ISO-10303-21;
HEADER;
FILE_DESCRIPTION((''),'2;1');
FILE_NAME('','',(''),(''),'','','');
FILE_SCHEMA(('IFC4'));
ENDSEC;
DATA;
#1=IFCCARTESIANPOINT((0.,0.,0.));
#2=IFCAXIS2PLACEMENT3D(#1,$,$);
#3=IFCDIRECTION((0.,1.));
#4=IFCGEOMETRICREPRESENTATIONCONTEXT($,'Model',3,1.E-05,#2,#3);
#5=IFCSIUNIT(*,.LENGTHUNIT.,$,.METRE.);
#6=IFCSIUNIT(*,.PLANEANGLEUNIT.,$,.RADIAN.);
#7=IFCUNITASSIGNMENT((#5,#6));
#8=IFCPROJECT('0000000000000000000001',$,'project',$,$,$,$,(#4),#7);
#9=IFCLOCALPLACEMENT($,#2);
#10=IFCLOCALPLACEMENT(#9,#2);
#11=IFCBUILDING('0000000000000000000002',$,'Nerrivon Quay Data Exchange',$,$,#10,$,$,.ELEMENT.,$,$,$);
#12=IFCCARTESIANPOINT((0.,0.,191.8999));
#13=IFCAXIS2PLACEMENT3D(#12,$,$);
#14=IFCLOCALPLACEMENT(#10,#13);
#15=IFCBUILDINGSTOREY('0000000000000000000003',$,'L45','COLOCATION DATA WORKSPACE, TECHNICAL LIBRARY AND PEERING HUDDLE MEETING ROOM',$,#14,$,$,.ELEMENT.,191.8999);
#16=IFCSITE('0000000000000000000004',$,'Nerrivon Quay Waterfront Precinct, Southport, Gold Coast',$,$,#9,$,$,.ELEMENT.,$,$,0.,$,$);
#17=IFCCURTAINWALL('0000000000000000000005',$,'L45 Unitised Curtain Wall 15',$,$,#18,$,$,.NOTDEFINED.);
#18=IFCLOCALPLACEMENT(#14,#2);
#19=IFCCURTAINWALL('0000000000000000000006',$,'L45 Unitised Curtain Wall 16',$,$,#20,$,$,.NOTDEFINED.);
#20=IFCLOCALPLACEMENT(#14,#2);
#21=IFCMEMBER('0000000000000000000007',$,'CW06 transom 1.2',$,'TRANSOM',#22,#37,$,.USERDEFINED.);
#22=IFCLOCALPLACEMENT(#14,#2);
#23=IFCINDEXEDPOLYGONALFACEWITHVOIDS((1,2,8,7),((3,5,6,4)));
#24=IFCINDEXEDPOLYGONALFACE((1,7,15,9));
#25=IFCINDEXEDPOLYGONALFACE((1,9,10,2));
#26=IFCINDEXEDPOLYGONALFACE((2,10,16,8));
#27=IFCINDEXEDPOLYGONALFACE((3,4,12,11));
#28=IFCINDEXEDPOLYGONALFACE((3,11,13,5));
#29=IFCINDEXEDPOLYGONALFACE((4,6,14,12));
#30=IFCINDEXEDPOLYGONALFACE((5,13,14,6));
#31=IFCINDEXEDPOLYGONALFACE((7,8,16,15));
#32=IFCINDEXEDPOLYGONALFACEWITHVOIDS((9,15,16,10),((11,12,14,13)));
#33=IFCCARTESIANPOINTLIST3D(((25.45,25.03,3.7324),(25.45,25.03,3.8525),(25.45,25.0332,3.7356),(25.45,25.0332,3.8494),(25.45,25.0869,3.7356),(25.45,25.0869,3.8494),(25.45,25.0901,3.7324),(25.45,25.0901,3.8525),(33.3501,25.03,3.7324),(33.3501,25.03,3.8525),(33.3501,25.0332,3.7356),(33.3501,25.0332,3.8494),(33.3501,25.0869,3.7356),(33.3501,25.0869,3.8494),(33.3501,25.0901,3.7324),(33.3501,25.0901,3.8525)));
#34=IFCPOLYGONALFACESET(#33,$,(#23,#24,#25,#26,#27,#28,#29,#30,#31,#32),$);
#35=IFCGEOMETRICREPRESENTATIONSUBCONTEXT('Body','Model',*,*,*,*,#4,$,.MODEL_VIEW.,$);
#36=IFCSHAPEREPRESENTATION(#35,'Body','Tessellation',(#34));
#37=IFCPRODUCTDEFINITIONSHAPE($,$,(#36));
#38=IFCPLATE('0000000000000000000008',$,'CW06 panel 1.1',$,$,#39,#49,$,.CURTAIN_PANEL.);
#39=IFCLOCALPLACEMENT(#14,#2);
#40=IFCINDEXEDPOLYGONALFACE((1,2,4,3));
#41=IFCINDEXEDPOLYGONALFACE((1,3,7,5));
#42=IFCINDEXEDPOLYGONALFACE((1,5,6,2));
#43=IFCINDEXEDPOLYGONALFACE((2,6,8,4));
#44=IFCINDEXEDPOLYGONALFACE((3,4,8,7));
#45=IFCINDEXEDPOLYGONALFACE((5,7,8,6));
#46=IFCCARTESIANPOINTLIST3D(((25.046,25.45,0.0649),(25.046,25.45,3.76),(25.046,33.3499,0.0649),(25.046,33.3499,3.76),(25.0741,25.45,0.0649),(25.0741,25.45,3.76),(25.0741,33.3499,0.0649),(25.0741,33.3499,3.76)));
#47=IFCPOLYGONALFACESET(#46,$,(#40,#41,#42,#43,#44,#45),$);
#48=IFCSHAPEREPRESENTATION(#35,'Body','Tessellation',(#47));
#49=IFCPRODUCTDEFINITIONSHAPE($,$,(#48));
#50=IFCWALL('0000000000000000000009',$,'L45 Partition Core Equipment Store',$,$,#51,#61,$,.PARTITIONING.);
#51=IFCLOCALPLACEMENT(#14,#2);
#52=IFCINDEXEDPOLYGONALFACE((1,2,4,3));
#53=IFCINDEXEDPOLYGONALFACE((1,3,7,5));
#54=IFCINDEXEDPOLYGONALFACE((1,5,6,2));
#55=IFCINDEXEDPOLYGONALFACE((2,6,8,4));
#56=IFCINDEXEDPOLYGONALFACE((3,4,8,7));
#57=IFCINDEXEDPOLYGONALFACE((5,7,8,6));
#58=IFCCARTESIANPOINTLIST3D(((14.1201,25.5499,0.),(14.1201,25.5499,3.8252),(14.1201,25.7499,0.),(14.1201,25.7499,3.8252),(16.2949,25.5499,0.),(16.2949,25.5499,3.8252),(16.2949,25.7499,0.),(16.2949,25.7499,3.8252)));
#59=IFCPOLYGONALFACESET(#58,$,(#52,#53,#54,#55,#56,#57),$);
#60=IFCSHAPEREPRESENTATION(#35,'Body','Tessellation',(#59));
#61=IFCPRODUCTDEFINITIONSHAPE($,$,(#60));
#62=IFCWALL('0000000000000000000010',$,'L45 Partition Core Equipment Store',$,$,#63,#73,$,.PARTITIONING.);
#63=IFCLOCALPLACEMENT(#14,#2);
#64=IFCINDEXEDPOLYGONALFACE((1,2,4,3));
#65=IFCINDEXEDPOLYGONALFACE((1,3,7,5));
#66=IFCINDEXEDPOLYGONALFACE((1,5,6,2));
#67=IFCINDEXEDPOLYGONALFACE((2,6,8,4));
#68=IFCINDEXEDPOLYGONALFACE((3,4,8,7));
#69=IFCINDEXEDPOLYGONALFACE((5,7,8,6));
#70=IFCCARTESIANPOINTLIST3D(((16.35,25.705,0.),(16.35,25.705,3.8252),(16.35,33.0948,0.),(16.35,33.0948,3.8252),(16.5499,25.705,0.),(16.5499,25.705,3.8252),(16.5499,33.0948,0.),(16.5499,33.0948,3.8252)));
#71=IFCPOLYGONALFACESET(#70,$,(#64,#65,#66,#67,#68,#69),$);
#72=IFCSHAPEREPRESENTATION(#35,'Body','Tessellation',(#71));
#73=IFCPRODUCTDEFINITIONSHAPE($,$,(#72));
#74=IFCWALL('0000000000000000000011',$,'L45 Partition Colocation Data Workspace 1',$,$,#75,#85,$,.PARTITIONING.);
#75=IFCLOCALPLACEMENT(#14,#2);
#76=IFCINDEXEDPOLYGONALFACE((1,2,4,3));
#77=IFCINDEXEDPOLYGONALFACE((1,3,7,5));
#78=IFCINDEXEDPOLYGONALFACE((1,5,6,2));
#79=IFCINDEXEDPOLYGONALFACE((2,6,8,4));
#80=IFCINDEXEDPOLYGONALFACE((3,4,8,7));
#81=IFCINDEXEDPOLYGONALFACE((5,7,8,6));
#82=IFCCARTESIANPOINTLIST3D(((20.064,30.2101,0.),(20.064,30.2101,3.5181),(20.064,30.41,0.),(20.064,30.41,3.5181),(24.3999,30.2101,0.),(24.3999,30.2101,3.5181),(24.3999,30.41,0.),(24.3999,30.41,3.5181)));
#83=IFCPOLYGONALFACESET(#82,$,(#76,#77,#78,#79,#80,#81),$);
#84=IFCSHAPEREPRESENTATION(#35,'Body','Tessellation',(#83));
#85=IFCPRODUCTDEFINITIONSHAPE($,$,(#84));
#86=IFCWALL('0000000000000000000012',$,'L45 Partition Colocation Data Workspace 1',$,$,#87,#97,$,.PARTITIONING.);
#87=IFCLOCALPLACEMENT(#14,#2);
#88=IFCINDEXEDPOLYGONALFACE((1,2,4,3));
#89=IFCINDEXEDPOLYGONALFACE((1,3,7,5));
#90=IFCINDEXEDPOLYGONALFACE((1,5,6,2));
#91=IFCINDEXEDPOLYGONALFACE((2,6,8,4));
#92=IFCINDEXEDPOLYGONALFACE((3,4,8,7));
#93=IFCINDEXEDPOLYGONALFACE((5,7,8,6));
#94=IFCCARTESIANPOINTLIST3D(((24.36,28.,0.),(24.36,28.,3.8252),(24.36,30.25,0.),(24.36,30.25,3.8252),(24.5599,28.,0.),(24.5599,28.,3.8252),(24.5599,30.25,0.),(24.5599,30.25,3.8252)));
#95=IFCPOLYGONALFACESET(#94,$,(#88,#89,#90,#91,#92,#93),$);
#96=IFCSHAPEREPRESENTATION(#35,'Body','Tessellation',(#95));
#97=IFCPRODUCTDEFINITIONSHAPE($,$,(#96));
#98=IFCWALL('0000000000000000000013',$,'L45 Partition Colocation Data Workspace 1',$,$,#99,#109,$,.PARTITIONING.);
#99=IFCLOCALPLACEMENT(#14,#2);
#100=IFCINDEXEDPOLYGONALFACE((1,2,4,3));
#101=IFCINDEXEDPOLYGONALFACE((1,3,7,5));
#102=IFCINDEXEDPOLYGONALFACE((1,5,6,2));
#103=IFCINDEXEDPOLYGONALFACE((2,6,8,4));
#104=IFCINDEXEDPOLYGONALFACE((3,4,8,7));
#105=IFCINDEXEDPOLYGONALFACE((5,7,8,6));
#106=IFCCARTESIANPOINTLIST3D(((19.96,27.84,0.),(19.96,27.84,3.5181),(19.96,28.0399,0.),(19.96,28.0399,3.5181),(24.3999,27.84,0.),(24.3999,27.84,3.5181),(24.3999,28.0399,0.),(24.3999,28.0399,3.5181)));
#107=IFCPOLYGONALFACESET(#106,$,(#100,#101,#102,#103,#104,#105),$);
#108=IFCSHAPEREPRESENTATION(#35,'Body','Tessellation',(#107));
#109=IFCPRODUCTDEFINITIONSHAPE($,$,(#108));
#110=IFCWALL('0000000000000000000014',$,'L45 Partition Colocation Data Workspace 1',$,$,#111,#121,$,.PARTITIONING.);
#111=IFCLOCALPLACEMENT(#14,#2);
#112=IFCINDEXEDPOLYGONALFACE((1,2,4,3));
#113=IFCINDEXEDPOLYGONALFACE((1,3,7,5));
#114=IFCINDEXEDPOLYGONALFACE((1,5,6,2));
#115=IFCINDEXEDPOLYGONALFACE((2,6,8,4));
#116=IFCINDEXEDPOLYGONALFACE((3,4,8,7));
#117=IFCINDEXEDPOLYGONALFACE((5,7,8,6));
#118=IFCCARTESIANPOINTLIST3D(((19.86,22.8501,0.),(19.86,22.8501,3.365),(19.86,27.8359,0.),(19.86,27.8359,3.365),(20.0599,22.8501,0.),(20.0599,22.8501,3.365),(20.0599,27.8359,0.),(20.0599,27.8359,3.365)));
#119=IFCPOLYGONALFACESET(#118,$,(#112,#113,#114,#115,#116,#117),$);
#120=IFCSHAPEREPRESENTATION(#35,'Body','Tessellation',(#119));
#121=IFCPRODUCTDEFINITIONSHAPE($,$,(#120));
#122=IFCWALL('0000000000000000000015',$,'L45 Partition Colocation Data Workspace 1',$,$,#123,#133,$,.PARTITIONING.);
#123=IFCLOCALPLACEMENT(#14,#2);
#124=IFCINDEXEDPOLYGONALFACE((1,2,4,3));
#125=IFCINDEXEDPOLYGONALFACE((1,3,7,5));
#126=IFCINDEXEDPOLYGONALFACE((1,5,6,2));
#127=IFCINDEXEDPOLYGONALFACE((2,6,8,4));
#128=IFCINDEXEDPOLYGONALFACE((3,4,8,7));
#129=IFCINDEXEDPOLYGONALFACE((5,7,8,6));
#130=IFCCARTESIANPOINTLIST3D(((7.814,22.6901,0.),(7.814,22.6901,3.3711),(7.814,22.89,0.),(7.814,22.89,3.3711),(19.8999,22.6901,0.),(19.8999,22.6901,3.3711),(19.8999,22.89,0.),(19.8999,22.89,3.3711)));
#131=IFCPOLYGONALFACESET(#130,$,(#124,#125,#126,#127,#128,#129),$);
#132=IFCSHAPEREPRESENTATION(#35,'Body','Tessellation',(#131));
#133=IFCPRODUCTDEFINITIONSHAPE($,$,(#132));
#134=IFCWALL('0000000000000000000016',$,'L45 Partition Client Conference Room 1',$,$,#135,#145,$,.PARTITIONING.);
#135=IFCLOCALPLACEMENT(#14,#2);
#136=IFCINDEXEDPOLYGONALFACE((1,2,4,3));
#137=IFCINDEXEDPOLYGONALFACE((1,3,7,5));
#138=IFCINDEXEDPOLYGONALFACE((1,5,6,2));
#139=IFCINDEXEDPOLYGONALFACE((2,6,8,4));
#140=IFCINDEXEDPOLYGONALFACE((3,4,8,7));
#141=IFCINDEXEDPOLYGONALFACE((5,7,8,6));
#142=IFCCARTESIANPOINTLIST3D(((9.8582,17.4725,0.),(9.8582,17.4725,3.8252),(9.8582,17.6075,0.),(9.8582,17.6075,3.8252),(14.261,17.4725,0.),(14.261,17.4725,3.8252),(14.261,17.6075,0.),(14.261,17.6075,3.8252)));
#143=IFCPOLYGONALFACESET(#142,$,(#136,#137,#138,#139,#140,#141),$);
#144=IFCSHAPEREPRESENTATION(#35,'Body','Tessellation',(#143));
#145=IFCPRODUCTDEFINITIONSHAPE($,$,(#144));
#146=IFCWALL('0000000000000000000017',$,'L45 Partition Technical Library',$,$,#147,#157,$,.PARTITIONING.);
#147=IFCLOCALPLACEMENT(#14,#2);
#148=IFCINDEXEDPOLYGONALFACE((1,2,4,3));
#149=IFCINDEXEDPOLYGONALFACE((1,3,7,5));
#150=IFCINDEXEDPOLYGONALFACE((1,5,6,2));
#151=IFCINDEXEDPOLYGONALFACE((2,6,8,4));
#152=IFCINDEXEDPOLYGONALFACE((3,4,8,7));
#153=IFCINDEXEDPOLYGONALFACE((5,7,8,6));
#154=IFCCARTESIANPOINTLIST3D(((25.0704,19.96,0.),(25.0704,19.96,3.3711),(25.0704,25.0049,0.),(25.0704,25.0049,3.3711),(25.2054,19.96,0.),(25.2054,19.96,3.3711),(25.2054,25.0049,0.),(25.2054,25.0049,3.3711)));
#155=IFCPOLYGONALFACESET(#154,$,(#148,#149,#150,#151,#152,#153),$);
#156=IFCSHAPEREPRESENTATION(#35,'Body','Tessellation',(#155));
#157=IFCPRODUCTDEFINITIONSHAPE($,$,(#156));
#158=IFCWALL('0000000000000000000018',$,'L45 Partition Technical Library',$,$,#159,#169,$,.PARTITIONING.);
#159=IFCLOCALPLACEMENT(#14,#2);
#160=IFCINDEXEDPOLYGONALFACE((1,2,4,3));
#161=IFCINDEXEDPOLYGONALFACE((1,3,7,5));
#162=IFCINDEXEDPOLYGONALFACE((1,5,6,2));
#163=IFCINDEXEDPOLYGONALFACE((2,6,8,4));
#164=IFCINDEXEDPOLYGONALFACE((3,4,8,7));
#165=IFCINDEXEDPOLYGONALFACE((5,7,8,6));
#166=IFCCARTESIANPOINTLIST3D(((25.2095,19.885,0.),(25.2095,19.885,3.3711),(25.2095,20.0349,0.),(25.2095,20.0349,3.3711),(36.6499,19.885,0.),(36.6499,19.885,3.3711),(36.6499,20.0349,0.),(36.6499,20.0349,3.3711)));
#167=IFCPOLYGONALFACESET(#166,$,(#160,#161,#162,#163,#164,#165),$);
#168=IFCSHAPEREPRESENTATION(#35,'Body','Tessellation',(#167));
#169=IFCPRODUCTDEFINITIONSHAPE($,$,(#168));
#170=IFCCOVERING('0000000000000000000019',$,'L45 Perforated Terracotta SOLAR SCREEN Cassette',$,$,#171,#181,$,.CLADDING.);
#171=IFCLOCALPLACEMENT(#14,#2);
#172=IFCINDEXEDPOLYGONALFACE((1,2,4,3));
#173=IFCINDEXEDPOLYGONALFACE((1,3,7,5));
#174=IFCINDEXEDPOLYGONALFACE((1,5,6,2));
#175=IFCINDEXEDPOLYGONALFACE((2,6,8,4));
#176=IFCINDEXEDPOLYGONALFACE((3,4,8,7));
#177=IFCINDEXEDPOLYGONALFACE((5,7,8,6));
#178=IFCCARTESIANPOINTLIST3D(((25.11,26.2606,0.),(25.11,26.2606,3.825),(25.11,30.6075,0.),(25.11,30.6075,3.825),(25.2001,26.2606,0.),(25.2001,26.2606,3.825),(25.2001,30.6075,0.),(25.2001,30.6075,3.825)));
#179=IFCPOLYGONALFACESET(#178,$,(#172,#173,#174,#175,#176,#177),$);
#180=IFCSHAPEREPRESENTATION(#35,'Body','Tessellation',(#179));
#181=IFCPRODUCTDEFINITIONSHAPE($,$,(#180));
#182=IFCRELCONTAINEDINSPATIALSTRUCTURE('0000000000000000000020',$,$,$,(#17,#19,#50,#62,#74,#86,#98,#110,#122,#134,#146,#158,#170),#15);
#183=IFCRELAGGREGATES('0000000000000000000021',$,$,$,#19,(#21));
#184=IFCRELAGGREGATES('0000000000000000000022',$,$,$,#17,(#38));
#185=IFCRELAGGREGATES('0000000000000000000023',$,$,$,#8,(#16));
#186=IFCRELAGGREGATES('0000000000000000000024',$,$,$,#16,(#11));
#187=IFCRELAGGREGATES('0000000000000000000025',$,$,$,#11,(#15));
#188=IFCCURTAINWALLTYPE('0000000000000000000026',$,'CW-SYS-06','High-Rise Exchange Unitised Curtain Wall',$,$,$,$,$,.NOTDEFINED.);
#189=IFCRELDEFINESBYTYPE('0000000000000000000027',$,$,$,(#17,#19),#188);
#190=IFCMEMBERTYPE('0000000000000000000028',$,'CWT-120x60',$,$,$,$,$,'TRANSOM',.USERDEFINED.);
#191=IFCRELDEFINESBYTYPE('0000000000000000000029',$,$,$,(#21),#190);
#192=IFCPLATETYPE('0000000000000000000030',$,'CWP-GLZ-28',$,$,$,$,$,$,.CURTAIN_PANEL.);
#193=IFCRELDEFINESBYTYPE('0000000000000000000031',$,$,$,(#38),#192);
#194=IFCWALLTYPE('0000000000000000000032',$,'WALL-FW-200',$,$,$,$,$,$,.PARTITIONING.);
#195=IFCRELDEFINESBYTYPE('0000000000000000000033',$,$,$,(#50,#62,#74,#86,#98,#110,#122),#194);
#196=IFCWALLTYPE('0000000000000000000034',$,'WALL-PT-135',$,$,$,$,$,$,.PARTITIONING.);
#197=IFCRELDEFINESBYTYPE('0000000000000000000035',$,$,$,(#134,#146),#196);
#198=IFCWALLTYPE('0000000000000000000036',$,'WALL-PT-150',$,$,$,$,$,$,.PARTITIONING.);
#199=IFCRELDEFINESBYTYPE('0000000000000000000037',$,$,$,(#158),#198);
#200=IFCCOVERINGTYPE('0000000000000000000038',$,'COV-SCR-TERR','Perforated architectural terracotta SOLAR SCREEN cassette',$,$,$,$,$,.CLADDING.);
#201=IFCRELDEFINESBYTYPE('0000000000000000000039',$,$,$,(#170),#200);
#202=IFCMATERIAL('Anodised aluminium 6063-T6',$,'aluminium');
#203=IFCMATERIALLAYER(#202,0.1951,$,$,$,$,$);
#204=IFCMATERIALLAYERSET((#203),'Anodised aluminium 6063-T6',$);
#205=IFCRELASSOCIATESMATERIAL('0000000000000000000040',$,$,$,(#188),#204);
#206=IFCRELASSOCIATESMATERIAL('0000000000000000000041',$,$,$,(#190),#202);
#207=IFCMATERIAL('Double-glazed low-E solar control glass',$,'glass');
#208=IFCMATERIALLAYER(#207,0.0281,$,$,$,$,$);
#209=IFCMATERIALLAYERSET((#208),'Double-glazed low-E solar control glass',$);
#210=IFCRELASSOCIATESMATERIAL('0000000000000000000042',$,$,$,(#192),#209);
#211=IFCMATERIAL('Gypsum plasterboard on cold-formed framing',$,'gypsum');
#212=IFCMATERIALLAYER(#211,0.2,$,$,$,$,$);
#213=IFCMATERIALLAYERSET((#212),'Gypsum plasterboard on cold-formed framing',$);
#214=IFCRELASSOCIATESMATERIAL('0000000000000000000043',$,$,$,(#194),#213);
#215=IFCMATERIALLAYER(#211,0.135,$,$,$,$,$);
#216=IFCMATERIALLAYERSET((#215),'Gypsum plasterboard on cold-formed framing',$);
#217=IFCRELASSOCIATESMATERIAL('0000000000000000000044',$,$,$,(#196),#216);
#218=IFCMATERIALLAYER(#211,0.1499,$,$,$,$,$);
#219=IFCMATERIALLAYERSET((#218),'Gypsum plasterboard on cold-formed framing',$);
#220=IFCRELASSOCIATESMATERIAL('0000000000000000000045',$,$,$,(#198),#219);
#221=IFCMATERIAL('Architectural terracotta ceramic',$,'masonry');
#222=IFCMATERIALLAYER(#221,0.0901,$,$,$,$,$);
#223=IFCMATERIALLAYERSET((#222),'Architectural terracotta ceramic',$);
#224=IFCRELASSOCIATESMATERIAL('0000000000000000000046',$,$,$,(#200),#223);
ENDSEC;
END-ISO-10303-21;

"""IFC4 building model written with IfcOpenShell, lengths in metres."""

from ifc_helpers import new_model, si_unit, direction, frame, frame_2d, origin, origin_2d, place, context, subcontext, project, spatial, rectangle, hollow_rectangle, extrude, material, layer, layer_set, material_profile, profile_set, type_object, element, aggregate, save


model = new_model("IFC4")

# Units and contexts
model_context = context("Model", 3, precision=1e-05, world=origin(), true_north=direction((0.0, 1.0)))
body_context = subcontext(model_context, "Body", "Model", "MODEL_VIEW")
ifc_project = project(units=[si_unit("LENGTHUNIT", "METRE"), si_unit("PLANEANGLEUNIT", "RADIAN")], contexts=[model_context])

# Site, building, storey
site_placement = place(None, origin())
site = spatial("IfcSite", under=ifc_project, at=site_placement, Name="Nerrivon Quay Waterfront Precinct, Southport, Gold Coast", CompositionType="ELEMENT", RefElevation=0.0)
building_placement = place(site_placement, origin())
building = spatial("IfcBuilding", under=site, at=building_placement, Name="Nerrivon Quay Data Exchange", CompositionType="ELEMENT")
storey_placement = place(building_placement, frame((0.0, 0.0, 191.8999)))
storey = spatial("IfcBuildingStorey", under=building, at=storey_placement, Name="L45", Description="COLOCATION DATA WORKSPACE, TECHNICAL LIBRARY AND PEERING HUDDLE MEETING ROOM", CompositionType="ELEMENT", Elevation=191.8999)

# Curtain wall
ifc_material_1 = material(Name="Anodised aluminium 6063-T6", Category="aluminium")
ifc_layer_1 = layer(ifc_material_1, 0.1951)
ifc_layer_set_1 = layer_set([ifc_layer_1], Name="Anodised aluminium 6063-T6")
curtain_wall_type = type_object("IfcCurtainWallType", Name="CW-SYS-06", Description="High-Rise Exchange Unitised Curtain Wall", PredefinedType="NOTDEFINED", material=ifc_layer_set_1)
curtain_wall_1_placement = place(storey_placement, origin())
curtain_wall_1 = element("IfcCurtainWall", 1, at=curtain_wall_1_placement, inside=storey, type_object=curtain_wall_type, Name="L45 Unitised Curtain Wall 15", PredefinedType="NOTDEFINED")

# Curtain wall, member
curtain_wall_2_placement = place(storey_placement, origin())
curtain_wall_2 = element("IfcCurtainWall", 2, at=curtain_wall_2_placement, inside=storey, type_object=curtain_wall_type, Name="L45 Unitised Curtain Wall 16", PredefinedType="NOTDEFINED")
ifc_material_profile_1 = material_profile(ifc_material_1, hollow_rectangle(XDim=0.0601, YDim=0.1201, WallThickness=0.0032, at=origin_2d()), Name="ALU-TRAN-120x60")
ifc_profile_set_1 = profile_set([ifc_material_profile_1], Name="Anodised aluminium 6063-T6")
member_type_1 = type_object("IfcMemberType", Name="CWT-120x60", ElementType="TRANSOM", PredefinedType="USERDEFINED", material=ifc_profile_set_1)
member_1_placement = place(storey_placement, frame((25.45, 25.0601, 3.7925), z_axis=(1.0, 0.0, 0.0), x_axis=(0.0, 1.0, 0.0)))
member_1 = element("IfcMember", 3, at=member_1_placement, type_object=member_type_1, Name="CW06 transom 1.2", ObjectType="TRANSOM", PredefinedType="USERDEFINED", context=body_context, shape_type="SweptSolid", body=[
    extrude(hollow_rectangle(XDim=0.0601, YDim=0.1201, WallThickness=0.0032, at=origin_2d()), origin(), (0.0, 0.0, 1.0), 7.9001),
])
aggregate(curtain_wall_2, [member_1])

# Plate
ifc_material_2 = material(Name="Double-glazed low-E solar control glass", Category="glass")
ifc_layer_2 = layer(ifc_material_2, 0.0281)
ifc_layer_set_2 = layer_set([ifc_layer_2], Name="Double-glazed low-E solar control glass")
plate_type = type_object("IfcPlateType", Name="CWP-GLZ-28", PredefinedType="CURTAIN_PANEL", material=ifc_layer_set_2)
plate_placement = place(storey_placement, frame((25.0601, 29.3999, 0.0649), z_axis=(0.0, 0.0, 1.0), x_axis=(0.0, -1.0, 0.0)))
plate = element("IfcPlate", 4, at=plate_placement, type_object=plate_type, Name="CW06 panel 1.1", PredefinedType="CURTAIN_PANEL", context=body_context, shape_type="SweptSolid", body=[
    extrude(rectangle(XDim=7.8999, YDim=0.0281, at=origin_2d()), origin(), (0.0, 0.0, 1.0), 3.6951),
])
aggregate(curtain_wall_1, [plate])

# Walls
ifc_material_3 = material(Name="Gypsum plasterboard on cold-formed framing", Category="gypsum")
ifc_layer_3 = layer(ifc_material_3, 0.2)
ifc_layer_set_3 = layer_set([ifc_layer_3], Name="Gypsum plasterboard on cold-formed framing")
wall_type_1 = type_object("IfcWallType", Name="WALL-FW-200", PredefinedType="PARTITIONING", material=ifc_layer_set_3)
wall_1_placement = place(storey_placement, frame((14.1201, 25.6499, 0.0), z_axis=(0.0, 0.0, 1.0), x_axis=(1.0, 0.0, 0.0)))
element("IfcWall", 5, at=wall_1_placement, inside=storey, type_object=wall_type_1, Name="L45 Partition Core Equipment Store", PredefinedType="PARTITIONING", context=body_context, shape_type="SweptSolid", body=[
    extrude(rectangle(XDim=2.1748, YDim=0.2, at=frame_2d((1.0874, 0.0))), origin(), (0.0, 0.0, 1.0), 3.8252),
])
wall_2_placement = place(storey_placement, frame((16.45, 25.7051, 0.0), z_axis=(0.0, 0.0, 1.0), x_axis=(0.0, 1.0, 0.0)))
element("IfcWall", 6, at=wall_2_placement, inside=storey, type_object=wall_type_1, Name="L45 Partition Core Equipment Store", PredefinedType="PARTITIONING", context=body_context, shape_type="SweptSolid", body=[
    extrude(rectangle(XDim=7.3899, YDim=0.2, at=frame_2d((3.6948, 0.0))), origin(), (0.0, 0.0, 1.0), 3.8252),
])
wall_3_placement = place(storey_placement, frame((20.064, 30.3101, 0.0), z_axis=(0.0, 0.0, 1.0), x_axis=(1.0, 0.0, 0.0)))
element("IfcWall", 7, at=wall_3_placement, inside=storey, type_object=wall_type_1, Name="L45 Partition Colocation Data Workspace 1", PredefinedType="PARTITIONING", context=body_context, shape_type="SweptSolid", body=[
    extrude(rectangle(XDim=4.3359, YDim=0.2, at=frame_2d((2.168, 0.0))), origin(), (0.0, 0.0, 1.0), 3.5181),
])
wall_4_placement = place(storey_placement, frame((24.46, 30.25, 0.0), z_axis=(0.0, 0.0, 1.0), x_axis=(0.0, -1.0, 0.0)))
element("IfcWall", 8, at=wall_4_placement, inside=storey, type_object=wall_type_1, Name="L45 Partition Colocation Data Workspace 1", PredefinedType="PARTITIONING", context=body_context, shape_type="SweptSolid", body=[
    extrude(rectangle(XDim=2.25, YDim=0.2, at=frame_2d((1.125, 0.0))), origin(), (0.0, 0.0, 1.0), 3.8252),
])
wall_5_placement = place(storey_placement, frame((24.3999, 27.9399, 0.0), z_axis=(0.0, 0.0, 1.0), x_axis=(-1.0, 0.0, 0.0)))
element("IfcWall", 9, at=wall_5_placement, inside=storey, type_object=wall_type_1, Name="L45 Partition Colocation Data Workspace 1", PredefinedType="PARTITIONING", context=body_context, shape_type="SweptSolid", body=[
    extrude(rectangle(XDim=4.4399, YDim=0.2, at=frame_2d((2.22, 0.0))), origin(), (0.0, 0.0, 1.0), 3.5181),
])
wall_6_placement = place(storey_placement, frame((19.96, 27.8359, 0.0), z_axis=(0.0, 0.0, 1.0), x_axis=(0.0, -1.0, 0.0)))
element("IfcWall", 10, at=wall_6_placement, inside=storey, type_object=wall_type_1, Name="L45 Partition Colocation Data Workspace 1", PredefinedType="PARTITIONING", context=body_context, shape_type="SweptSolid", body=[
    extrude(rectangle(XDim=4.9858, YDim=0.2, at=frame_2d((2.4929, 0.0))), origin(), (0.0, 0.0, 1.0), 3.365),
])
wall_7_placement = place(storey_placement, frame((19.8999, 22.79, 0.0), z_axis=(0.0, 0.0, 1.0), x_axis=(-1.0, 0.0, 0.0)))
element("IfcWall", 11, at=wall_7_placement, inside=storey, type_object=wall_type_1, Name="L45 Partition Colocation Data Workspace 1", PredefinedType="PARTITIONING", context=body_context, shape_type="SweptSolid", body=[
    extrude(rectangle(XDim=12.0859, YDim=0.2, at=frame_2d((6.043, 0.0))), origin(), (0.0, 0.0, 1.0), 3.3711),
])
ifc_layer_4 = layer(ifc_material_3, 0.135)
ifc_layer_set_4 = layer_set([ifc_layer_4], Name="Gypsum plasterboard on cold-formed framing")
wall_type_2 = type_object("IfcWallType", Name="WALL-PT-135", PredefinedType="PARTITIONING", material=ifc_layer_set_4)
wall_8_placement = place(storey_placement, frame((14.261, 17.54, 0.0), z_axis=(0.0, 0.0, 1.0), x_axis=(-1.0, 0.0, 0.0)))
element("IfcWall", 12, at=wall_8_placement, inside=storey, type_object=wall_type_2, Name="L45 Partition Client Conference Room 1", PredefinedType="PARTITIONING", context=body_context, shape_type="SweptSolid", body=[
    extrude(rectangle(XDim=4.4028, YDim=0.135, at=frame_2d((2.2014, 0.0))), origin(), (0.0, 0.0, 1.0), 3.8252),
])
wall_9_placement = place(storey_placement, frame((25.1379, 25.0049, 0.0), z_axis=(0.0, 0.0, 1.0), x_axis=(0.0, -1.0, 0.0)))
element("IfcWall", 13, at=wall_9_placement, inside=storey, type_object=wall_type_2, Name="L45 Partition Technical Library", PredefinedType="PARTITIONING", context=body_context, shape_type="SweptSolid", body=[
    extrude(rectangle(XDim=5.0449, YDim=0.135, at=frame_2d((2.5225, 0.0))), origin(), (0.0, 0.0, 1.0), 3.3711),
])
ifc_layer_5 = layer(ifc_material_3, 0.1499)
ifc_layer_set_5 = layer_set([ifc_layer_5], Name="Gypsum plasterboard on cold-formed framing")
wall_type_3 = type_object("IfcWallType", Name="WALL-PT-150", PredefinedType="PARTITIONING", material=ifc_layer_set_5)
wall_10_placement = place(storey_placement, frame((25.2095, 19.96, 0.0), z_axis=(0.0, 0.0, 1.0), x_axis=(1.0, 0.0, 0.0)))
element("IfcWall", 14, at=wall_10_placement, inside=storey, type_object=wall_type_3, Name="L45 Partition Technical Library", PredefinedType="PARTITIONING", context=body_context, shape_type="SweptSolid", body=[
    extrude(rectangle(XDim=11.4404, YDim=0.1499, at=frame_2d((5.7202, 0.0))), origin(), (0.0, 0.0, 1.0), 3.3711),
])

# Covering
ifc_material_4 = material(Name="Architectural terracotta ceramic", Category="masonry")
ifc_layer_6 = layer(ifc_material_4, 0.0901)
ifc_layer_set_6 = layer_set([ifc_layer_6], Name="Architectural terracotta ceramic")
covering_type = type_object("IfcCoveringType", Name="COV-SCR-TERR", Description="Perforated architectural terracotta SOLAR SCREEN cassette", PredefinedType="CLADDING", material=ifc_layer_set_6)
covering_placement = place(storey_placement, frame((25.155, 28.4341, 0.0), z_axis=(0.0, 0.0, 1.0), x_axis=(0.0, -1.0, 0.0)))
element("IfcCovering", 15, at=covering_placement, inside=storey, type_object=covering_type, Name="L45 Perforated Terracotta SOLAR SCREEN Cassette", PredefinedType="CLADDING", context=body_context, shape_type="SweptSolid", body=[
    extrude(rectangle(XDim=4.3469, YDim=0.0901, at=origin_2d()), origin(), (0.0, 0.0, 1.0), 3.825),
])

save(model, "model.ifc")
